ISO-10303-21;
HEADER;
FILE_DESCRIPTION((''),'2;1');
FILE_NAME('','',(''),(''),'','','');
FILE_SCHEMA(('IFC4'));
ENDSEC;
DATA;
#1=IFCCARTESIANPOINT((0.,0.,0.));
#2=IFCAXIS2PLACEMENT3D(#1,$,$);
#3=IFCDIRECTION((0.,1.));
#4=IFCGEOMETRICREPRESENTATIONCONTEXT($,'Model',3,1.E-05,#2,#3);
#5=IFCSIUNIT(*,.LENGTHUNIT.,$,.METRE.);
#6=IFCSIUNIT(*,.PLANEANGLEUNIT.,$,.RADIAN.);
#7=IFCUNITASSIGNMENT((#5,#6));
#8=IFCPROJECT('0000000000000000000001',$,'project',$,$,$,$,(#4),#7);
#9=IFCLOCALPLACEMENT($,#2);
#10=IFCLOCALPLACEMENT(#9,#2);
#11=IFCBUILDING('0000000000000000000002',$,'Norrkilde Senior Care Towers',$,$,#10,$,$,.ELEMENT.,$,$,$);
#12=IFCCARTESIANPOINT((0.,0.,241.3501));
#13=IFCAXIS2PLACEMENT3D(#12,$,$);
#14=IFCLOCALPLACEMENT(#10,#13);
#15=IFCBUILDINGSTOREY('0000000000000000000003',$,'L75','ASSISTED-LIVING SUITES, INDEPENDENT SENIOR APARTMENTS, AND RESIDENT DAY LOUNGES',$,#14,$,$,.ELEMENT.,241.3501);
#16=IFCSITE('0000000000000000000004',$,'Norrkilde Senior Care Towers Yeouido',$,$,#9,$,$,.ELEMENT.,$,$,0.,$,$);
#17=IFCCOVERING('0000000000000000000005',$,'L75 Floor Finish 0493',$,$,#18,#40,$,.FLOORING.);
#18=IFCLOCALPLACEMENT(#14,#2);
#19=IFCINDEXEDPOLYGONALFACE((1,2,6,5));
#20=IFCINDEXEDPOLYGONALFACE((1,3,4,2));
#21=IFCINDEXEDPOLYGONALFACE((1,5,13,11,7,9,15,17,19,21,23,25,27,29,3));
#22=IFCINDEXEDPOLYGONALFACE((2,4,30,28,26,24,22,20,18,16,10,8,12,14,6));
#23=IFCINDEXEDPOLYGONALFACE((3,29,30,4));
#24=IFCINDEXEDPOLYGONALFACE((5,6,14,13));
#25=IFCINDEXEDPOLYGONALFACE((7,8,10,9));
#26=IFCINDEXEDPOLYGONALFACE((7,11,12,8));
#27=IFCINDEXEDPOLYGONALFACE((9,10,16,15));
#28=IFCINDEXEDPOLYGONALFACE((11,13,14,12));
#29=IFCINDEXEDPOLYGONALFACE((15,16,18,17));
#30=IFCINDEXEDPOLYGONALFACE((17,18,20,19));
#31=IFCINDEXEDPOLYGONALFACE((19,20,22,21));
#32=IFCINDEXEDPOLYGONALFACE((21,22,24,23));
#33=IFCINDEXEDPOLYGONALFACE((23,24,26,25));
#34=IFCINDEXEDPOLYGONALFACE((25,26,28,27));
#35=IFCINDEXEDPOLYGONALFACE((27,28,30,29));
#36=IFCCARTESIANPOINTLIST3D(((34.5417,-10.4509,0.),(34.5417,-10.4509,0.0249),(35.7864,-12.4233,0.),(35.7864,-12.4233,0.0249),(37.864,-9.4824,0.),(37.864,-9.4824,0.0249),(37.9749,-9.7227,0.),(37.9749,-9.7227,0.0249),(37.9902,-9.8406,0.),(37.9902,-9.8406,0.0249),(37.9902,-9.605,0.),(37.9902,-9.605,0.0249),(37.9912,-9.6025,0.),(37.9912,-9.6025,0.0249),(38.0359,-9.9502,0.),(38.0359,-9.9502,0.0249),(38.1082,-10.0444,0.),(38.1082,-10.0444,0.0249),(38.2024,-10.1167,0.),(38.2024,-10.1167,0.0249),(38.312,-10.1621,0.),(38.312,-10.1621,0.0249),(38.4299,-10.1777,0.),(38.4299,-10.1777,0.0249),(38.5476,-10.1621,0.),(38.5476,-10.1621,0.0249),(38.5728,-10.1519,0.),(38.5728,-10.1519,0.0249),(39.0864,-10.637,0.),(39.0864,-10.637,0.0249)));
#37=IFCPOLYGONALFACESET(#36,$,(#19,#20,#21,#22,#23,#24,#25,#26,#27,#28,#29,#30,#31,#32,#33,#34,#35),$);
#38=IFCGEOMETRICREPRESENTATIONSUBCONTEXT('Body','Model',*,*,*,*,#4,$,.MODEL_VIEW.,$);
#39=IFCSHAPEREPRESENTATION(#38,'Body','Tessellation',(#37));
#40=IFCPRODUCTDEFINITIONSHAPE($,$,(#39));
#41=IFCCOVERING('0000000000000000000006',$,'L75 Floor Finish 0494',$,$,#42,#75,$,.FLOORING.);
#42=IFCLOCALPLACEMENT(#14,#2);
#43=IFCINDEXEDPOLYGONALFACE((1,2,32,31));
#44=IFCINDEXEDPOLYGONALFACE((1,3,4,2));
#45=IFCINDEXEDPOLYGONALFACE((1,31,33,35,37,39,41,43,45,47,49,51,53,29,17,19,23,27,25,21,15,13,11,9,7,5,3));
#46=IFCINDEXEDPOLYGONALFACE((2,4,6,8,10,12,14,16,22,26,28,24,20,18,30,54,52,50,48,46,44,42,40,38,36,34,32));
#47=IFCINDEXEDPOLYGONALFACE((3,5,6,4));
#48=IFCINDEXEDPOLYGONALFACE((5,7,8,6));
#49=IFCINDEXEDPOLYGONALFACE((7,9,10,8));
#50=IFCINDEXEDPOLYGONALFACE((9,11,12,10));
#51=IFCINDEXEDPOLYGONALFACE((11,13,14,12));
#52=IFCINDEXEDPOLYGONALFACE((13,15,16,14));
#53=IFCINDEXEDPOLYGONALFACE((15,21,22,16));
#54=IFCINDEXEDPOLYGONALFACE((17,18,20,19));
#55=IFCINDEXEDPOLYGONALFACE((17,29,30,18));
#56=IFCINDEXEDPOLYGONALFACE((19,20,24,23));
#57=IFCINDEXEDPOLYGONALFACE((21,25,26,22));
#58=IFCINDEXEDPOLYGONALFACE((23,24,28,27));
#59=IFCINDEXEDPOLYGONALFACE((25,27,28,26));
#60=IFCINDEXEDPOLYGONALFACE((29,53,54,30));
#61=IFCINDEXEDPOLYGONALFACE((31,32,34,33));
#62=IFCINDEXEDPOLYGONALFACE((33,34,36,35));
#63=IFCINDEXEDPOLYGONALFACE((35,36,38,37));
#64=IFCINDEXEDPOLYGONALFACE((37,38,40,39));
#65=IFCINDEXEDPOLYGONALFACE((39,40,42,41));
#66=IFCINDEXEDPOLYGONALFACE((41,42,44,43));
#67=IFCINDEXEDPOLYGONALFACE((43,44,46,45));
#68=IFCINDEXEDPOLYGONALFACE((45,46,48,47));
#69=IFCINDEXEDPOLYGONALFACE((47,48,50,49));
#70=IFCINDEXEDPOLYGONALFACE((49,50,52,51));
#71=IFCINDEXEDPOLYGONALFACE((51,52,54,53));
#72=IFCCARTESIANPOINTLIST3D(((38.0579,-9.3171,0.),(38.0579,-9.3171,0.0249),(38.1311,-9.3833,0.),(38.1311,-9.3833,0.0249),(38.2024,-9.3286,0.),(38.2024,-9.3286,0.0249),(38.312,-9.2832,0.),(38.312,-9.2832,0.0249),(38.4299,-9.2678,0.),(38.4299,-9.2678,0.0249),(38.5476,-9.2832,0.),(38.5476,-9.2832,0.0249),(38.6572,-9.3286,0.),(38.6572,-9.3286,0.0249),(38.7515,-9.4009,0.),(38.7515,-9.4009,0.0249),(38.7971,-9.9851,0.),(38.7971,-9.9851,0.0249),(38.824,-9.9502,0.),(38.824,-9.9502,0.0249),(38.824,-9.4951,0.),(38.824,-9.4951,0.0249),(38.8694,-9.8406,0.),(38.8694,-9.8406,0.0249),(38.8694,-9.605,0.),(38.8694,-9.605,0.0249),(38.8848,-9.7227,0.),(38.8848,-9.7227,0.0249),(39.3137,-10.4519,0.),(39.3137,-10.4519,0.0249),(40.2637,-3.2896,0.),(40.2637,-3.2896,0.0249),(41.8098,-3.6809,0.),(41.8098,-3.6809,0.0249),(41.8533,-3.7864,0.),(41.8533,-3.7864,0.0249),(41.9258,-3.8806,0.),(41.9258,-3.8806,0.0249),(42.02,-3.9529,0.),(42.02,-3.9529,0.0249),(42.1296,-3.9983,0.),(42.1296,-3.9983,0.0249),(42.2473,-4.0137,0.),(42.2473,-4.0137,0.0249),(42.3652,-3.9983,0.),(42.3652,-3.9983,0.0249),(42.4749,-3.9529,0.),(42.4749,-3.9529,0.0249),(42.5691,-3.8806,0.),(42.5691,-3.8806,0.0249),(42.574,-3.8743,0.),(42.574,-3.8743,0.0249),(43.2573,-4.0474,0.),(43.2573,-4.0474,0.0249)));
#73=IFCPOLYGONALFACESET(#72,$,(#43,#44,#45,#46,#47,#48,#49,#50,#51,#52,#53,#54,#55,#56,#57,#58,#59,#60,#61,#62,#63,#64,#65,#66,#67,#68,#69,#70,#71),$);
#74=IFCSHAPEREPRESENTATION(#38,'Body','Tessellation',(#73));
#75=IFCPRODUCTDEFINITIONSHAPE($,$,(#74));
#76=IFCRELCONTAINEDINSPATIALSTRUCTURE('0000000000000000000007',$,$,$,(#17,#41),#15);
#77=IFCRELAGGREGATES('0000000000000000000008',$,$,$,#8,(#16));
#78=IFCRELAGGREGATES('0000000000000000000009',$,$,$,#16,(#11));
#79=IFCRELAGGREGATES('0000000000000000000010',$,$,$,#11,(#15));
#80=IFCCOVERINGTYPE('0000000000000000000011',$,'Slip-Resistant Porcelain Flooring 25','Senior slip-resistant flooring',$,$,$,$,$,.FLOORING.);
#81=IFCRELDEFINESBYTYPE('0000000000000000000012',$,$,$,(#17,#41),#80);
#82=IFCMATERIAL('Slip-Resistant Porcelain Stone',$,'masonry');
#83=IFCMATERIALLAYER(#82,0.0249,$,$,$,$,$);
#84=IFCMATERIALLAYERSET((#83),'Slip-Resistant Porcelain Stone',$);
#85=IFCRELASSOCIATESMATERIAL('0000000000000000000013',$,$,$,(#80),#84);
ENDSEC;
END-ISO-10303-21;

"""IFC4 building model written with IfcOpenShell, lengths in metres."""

from ifc_helpers import new_model, si_unit, direction, frame, origin, place, context, subcontext, project, spatial, polyline, outline, extrude, material, layer, layer_set, type_object, element, save


model = new_model("IFC4")

# Units and contexts
model_context = context("Model", 3, precision=1e-05, world=origin(), true_north=direction((0.0, 1.0)))
body_context = subcontext(model_context, "Body", "Model", "MODEL_VIEW")
ifc_project = project(units=[si_unit("LENGTHUNIT", "METRE"), si_unit("PLANEANGLEUNIT", "RADIAN")], contexts=[model_context])

# Site, building, storey
site_placement = place(None, origin())
site = spatial("IfcSite", under=ifc_project, at=site_placement, Name="Norrkilde Senior Care Towers Yeouido", CompositionType="ELEMENT", RefElevation=0.0)
building_placement = place(site_placement, origin())
building = spatial("IfcBuilding", under=site, at=building_placement, Name="Norrkilde Senior Care Towers", CompositionType="ELEMENT")
storey_placement = place(building_placement, frame((0.0, 0.0, 241.3501)))
storey = spatial("IfcBuildingStorey", under=building, at=storey_placement, Name="L75", Description="ASSISTED-LIVING SUITES, INDEPENDENT SENIOR APARTMENTS, AND RESIDENT DAY LOUNGES", CompositionType="ELEMENT", Elevation=241.3501)

# Coverings
ifc_material_1 = material(Name="Slip-Resistant Porcelain Stone", Category="masonry")
ifc_layer_1 = layer(ifc_material_1, 0.0249)
ifc_layer_set_1 = layer_set([ifc_layer_1], Name="Slip-Resistant Porcelain Stone")
covering_type_1 = type_object("IfcCoveringType", Name="Slip-Resistant Porcelain Flooring 25", Description="Senior slip-resistant flooring", PredefinedType="FLOORING", material=ifc_layer_set_1)
covering_1_placement = place(storey_placement, origin())
element("IfcCovering", 1, at=covering_1_placement, inside=storey, type_object=covering_type_1, Name="L75 Floor Finish 0493", PredefinedType="FLOORING", context=body_context, shape_type="SweptSolid", body=[
    extrude(outline(polyline([(37.9912, -9.6025), (37.9902, -9.605), (37.9749, -9.7227), (37.9902, -9.8406), (38.0359, -9.9502), (38.1082, -10.0444), (38.2024, -10.1167), (38.312, -10.1621), (38.4299, -10.1777), (38.5476, -10.1621), (38.5728, -10.1519), (39.0864, -10.637), (35.7864, -12.4233), (34.5417, -10.4509), (37.864, -9.4824), (37.9912, -9.6025)])), origin(), (0.0, 0.0, 1.0), 0.0249),
])
covering_2_placement = place(storey_placement, origin())
element("IfcCovering", 2, at=covering_2_placement, inside=storey, type_object=covering_type_1, Name="L75 Floor Finish 0494", PredefinedType="FLOORING", context=body_context, shape_type="SweptSolid", body=[
    extrude(outline(polyline([(39.3137, -10.4519), (38.7971, -9.9851), (38.824, -9.9502), (38.8694, -9.8406), (38.8848, -9.7227), (38.8694, -9.605), (38.824, -9.4951), (38.7515, -9.4009), (38.6572, -9.3286), (38.5476, -9.2832), (38.4299, -9.2678), (38.312, -9.2832), (38.2024, -9.3286), (38.1311, -9.3833), (38.0579, -9.3171), (40.2637, -3.2896), (41.8098, -3.6809), (41.8533, -3.7864), (41.9258, -3.8806), (42.02, -3.9529), (42.1296, -3.9983), (42.2473, -4.0137), (42.3652, -3.9983), (42.4749, -3.9529), (42.5691, -3.8806), (42.574, -3.8743), (43.2573, -4.0474), (39.3137, -10.4519)])), origin(), (0.0, 0.0, 1.0), 0.0249),
])

save(model, "model.ifc")
